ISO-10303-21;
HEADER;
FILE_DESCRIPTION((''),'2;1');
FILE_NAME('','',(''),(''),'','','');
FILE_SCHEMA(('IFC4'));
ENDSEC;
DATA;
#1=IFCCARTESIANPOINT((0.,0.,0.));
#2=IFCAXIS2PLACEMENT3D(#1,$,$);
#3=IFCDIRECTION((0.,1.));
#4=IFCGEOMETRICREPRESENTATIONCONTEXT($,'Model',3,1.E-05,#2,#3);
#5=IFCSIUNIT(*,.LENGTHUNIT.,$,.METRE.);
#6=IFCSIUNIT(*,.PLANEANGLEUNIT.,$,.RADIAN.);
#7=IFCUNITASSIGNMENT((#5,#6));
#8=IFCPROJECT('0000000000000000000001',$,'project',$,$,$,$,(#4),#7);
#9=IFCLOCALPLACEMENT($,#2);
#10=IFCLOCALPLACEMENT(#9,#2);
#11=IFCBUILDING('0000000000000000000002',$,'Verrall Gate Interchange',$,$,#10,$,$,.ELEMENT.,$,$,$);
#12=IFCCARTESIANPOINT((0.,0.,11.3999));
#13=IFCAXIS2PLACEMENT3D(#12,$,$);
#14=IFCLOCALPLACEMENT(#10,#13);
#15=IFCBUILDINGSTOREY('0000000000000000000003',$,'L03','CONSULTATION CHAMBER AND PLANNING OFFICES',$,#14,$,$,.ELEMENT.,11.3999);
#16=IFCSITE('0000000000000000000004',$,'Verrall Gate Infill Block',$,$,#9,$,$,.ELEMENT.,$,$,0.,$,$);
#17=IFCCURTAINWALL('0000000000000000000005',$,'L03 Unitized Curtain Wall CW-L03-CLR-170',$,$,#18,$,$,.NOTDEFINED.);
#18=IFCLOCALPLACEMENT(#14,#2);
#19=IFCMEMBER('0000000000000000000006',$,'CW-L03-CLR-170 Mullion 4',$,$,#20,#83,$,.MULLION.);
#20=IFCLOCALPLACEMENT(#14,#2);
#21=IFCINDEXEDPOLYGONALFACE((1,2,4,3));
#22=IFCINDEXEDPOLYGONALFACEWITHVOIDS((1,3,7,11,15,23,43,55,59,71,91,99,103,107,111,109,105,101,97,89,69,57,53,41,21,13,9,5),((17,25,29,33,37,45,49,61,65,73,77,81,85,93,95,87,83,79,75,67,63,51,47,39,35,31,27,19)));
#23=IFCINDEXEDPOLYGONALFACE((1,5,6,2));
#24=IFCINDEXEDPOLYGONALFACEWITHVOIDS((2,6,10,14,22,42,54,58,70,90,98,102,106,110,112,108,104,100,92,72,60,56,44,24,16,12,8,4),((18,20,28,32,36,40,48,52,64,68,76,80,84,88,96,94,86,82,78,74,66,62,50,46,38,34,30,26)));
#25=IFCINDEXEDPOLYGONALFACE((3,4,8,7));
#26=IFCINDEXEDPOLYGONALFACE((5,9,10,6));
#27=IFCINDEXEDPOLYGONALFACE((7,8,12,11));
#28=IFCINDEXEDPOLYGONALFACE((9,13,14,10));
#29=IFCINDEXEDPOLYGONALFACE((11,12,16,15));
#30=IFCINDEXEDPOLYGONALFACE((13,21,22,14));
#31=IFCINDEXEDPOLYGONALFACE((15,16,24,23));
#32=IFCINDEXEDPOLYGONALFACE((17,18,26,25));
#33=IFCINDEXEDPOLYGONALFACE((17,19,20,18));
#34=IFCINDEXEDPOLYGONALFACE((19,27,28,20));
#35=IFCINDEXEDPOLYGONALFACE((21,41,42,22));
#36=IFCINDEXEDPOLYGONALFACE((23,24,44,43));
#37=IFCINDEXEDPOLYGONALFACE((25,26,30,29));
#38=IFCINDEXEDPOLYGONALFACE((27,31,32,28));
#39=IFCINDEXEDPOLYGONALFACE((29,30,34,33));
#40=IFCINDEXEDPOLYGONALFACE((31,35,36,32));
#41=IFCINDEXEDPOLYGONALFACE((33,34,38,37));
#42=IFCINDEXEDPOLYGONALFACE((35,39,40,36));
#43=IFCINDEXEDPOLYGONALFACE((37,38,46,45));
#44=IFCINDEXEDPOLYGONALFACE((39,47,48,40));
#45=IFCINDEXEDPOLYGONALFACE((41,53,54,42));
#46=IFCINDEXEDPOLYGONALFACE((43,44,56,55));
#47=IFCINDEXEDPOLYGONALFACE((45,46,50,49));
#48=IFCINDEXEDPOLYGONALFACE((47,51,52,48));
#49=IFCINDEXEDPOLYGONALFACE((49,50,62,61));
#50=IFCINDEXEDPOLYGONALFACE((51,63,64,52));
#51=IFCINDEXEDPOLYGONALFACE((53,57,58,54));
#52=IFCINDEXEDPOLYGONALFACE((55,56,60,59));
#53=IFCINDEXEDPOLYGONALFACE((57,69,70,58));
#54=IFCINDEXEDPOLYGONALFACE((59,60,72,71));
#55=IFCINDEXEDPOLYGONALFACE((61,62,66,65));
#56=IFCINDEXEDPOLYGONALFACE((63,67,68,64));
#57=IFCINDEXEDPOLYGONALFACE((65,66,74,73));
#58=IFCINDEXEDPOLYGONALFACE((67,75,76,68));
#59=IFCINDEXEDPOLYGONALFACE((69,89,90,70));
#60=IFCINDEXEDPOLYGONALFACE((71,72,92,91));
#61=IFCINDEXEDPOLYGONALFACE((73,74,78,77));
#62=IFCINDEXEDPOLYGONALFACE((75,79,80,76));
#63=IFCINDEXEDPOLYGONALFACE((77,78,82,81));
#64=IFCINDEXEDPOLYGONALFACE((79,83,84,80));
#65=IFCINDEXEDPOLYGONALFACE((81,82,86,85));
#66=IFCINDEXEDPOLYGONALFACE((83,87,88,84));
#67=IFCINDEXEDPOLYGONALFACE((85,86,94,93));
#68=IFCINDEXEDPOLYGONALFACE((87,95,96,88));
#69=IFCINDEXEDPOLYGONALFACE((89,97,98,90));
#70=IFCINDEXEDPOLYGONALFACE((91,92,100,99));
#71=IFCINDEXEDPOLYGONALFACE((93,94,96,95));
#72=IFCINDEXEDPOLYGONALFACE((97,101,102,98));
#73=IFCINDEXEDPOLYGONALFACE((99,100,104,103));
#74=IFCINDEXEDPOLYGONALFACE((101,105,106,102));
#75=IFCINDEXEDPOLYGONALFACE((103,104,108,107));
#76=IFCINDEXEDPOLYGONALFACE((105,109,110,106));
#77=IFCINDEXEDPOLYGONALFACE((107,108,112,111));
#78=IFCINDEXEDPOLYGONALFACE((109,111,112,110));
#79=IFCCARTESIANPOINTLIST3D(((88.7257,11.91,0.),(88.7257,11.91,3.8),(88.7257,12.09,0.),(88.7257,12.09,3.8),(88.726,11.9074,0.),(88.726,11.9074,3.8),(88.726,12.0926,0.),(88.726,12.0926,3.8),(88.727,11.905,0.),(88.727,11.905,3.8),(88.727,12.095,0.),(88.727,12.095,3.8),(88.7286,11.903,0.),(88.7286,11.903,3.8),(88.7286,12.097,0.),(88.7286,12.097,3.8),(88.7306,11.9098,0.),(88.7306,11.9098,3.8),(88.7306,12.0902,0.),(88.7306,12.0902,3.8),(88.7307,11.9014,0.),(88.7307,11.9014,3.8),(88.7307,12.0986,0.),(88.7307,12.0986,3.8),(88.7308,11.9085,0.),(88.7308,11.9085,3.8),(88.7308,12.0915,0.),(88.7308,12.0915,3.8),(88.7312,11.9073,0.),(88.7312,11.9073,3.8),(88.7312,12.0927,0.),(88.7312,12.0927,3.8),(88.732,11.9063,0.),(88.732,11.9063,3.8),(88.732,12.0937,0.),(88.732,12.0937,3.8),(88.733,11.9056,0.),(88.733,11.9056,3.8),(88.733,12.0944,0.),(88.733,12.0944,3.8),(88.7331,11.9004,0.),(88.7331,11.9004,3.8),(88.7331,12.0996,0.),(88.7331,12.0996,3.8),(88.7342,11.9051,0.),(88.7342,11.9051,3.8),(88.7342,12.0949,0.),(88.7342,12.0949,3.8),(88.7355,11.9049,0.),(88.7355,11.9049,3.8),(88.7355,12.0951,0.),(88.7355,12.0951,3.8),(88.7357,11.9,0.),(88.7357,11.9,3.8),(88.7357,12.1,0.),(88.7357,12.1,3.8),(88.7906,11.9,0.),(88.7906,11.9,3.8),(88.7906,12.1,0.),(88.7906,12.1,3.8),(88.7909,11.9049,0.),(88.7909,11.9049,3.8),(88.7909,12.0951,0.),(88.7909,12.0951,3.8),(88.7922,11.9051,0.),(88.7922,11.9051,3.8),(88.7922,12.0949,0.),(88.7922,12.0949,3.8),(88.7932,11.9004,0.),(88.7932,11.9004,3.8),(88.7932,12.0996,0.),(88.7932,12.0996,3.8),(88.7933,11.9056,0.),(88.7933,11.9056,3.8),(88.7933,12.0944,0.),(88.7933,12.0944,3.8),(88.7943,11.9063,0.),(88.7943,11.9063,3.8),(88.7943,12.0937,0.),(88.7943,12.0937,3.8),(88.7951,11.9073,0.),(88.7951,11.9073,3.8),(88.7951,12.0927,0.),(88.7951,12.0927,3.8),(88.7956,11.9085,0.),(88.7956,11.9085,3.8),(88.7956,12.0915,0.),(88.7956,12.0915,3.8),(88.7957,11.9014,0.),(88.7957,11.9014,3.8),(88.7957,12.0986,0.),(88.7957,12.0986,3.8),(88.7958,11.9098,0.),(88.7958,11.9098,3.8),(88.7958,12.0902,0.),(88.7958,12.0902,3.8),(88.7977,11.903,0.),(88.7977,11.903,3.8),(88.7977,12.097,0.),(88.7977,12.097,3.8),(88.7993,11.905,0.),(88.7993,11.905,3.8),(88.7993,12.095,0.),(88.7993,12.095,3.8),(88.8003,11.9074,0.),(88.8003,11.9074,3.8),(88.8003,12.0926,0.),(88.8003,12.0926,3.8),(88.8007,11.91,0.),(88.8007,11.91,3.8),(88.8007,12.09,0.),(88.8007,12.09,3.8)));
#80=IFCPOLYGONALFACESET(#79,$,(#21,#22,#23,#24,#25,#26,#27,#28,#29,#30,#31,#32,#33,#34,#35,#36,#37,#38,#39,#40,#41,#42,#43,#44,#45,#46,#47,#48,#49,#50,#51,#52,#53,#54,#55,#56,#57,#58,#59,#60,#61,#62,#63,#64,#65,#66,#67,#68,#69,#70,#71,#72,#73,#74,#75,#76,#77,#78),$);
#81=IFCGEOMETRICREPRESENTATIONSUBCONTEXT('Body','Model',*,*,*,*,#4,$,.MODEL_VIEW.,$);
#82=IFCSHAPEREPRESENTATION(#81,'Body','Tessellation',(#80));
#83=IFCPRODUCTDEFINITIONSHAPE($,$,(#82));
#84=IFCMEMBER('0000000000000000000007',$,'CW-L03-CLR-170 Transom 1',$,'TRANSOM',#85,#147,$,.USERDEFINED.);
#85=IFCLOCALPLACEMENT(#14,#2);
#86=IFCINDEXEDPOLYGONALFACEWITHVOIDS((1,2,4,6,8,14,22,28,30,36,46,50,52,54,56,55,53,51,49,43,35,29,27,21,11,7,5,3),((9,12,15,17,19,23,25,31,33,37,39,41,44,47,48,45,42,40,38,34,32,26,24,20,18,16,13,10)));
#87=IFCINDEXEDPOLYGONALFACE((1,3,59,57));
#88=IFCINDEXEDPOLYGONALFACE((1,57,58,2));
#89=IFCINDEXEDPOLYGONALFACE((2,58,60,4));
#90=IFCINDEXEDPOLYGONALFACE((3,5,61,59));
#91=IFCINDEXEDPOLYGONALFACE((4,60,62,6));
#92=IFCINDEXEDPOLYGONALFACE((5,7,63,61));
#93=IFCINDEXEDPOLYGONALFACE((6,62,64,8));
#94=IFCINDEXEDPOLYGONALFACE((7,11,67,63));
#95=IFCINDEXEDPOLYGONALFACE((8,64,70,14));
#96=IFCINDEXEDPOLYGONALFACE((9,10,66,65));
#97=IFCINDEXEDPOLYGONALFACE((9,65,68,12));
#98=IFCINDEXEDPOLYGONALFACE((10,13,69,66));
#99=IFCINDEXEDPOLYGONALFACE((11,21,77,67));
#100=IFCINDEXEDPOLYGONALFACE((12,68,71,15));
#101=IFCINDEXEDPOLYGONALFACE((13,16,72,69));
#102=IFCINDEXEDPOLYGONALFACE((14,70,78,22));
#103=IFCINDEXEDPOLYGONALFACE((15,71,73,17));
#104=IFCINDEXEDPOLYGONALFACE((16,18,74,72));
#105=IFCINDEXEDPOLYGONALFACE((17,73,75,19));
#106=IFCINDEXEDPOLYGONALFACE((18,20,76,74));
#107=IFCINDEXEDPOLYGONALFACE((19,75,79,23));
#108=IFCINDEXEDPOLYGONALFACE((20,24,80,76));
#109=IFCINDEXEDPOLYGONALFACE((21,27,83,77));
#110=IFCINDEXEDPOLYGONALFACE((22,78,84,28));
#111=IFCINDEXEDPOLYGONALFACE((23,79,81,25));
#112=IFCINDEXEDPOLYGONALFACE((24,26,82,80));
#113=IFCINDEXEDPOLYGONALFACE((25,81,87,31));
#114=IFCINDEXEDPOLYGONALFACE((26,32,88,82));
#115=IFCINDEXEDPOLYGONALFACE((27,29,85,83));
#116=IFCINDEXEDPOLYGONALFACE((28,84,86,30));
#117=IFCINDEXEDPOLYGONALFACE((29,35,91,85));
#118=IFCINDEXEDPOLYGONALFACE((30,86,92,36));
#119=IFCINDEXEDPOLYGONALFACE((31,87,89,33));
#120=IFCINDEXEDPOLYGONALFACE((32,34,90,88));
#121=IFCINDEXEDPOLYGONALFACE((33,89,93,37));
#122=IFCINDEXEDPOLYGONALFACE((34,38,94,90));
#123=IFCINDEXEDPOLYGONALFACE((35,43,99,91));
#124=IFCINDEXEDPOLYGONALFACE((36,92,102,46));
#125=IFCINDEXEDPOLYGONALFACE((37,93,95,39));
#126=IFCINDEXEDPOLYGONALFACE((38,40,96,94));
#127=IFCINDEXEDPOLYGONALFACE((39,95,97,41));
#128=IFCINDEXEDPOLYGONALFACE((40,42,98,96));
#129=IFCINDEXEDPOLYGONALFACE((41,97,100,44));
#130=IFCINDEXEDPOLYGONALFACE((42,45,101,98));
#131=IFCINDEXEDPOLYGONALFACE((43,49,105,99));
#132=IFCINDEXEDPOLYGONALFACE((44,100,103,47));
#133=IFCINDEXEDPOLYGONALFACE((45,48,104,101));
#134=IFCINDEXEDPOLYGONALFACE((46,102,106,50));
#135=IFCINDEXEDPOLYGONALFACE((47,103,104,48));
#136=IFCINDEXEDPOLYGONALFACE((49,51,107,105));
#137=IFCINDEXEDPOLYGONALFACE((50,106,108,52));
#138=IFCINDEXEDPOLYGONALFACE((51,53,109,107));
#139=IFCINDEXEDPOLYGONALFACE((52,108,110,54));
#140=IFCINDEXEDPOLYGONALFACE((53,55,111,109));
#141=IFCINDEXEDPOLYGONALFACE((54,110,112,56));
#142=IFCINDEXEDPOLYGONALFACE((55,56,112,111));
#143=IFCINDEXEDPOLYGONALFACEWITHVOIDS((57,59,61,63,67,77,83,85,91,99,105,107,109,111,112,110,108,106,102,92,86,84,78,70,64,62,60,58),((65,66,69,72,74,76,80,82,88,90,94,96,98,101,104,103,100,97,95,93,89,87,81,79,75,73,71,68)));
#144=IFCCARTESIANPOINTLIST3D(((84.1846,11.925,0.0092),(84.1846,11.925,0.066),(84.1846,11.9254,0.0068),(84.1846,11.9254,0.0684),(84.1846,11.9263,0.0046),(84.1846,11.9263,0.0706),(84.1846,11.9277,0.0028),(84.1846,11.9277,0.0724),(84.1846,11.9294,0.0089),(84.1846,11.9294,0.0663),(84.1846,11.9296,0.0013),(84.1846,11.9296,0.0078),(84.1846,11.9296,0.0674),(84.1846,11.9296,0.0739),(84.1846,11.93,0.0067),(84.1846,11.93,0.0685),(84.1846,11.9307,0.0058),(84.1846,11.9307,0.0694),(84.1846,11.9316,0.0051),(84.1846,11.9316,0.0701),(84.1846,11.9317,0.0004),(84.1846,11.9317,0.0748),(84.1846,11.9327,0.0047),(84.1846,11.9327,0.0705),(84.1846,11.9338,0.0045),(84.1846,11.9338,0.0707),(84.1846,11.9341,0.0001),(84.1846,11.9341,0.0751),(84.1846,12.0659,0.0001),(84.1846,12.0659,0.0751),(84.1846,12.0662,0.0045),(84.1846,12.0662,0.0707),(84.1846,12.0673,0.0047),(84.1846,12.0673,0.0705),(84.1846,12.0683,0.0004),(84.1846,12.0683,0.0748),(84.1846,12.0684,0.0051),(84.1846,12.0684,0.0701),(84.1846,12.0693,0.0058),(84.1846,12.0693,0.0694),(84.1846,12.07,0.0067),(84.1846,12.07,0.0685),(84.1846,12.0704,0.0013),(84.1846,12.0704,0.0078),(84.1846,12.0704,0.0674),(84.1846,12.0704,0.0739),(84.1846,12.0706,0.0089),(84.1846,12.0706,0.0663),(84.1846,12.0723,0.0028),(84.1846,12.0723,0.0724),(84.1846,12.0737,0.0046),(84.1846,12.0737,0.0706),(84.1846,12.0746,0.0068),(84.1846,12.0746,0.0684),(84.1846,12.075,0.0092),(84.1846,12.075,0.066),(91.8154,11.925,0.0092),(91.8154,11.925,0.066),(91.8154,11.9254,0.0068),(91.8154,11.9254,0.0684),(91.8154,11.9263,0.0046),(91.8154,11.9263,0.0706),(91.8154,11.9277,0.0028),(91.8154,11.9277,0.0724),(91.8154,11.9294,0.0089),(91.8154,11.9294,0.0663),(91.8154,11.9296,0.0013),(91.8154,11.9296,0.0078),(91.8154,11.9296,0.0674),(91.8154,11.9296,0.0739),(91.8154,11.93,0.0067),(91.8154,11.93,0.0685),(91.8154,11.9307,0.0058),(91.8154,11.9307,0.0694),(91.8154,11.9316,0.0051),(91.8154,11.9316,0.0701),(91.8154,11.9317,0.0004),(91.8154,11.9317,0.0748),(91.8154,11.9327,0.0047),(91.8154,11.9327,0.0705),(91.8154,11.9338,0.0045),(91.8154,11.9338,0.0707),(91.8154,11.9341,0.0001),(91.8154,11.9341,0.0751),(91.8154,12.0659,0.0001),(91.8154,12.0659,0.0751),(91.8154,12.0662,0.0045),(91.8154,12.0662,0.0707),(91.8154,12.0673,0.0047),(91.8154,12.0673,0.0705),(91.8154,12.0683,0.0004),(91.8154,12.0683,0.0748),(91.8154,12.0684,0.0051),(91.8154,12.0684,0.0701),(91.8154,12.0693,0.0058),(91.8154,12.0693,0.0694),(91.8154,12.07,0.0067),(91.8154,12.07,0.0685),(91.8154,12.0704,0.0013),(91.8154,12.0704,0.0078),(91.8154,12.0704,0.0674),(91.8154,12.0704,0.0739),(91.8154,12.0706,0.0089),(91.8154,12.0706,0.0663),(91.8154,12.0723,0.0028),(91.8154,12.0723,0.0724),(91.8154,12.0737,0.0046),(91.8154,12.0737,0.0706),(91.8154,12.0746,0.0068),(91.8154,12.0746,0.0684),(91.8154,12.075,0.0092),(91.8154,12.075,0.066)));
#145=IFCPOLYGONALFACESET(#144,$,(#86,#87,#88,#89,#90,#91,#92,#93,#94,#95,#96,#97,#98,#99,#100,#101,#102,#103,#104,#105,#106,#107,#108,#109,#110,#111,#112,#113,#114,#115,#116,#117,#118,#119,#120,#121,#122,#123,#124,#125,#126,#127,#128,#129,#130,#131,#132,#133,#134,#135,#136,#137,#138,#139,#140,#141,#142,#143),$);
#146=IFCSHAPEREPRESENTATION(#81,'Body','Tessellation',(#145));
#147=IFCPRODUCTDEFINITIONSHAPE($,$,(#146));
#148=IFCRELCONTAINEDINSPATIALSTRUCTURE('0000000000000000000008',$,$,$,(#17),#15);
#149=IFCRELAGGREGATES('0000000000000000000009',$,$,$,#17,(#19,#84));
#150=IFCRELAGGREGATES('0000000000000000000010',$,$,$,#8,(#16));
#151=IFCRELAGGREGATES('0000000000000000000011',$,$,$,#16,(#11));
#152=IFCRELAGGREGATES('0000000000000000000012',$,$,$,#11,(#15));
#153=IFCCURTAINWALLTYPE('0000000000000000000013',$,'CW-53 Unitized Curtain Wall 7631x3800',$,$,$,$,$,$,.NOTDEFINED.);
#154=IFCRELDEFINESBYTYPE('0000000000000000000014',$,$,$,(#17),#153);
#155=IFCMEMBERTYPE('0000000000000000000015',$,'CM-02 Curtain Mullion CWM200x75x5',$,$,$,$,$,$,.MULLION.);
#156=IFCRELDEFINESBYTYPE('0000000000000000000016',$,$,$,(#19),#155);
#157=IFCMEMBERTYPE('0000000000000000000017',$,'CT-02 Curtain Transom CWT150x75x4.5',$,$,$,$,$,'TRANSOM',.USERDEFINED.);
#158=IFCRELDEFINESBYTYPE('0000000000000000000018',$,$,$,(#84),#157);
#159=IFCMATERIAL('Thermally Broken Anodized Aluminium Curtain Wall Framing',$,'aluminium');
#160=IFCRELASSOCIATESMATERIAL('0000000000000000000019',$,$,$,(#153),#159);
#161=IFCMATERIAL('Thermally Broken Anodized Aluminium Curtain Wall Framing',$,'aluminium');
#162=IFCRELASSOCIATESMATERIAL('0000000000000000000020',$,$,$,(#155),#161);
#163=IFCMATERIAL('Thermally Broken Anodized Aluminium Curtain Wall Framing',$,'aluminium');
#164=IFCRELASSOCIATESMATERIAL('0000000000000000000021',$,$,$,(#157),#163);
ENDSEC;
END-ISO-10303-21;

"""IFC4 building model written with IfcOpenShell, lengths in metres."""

from ifc_helpers import new_model, si_unit, direction, frame, origin, origin_2d, place, context, subcontext, project, spatial, hollow_rectangle, extrude, material, material_profile, profile_set, type_object, element, aggregate, save


model = new_model("IFC4")

# Units and contexts
model_context = context("Model", 3, precision=1e-05, world=origin(), true_north=direction((0.0, 1.0)))
body_context = subcontext(model_context, "Body", "Model", "MODEL_VIEW")
ifc_project = project(units=[si_unit("LENGTHUNIT", "METRE"), si_unit("PLANEANGLEUNIT", "RADIAN")], contexts=[model_context])

# Site, building, storey
site_placement = place(None, origin())
site = spatial("IfcSite", under=ifc_project, at=site_placement, Name="Verrall Gate Infill Block", CompositionType="ELEMENT", RefElevation=0.0)
building_placement = place(site_placement, origin())
building = spatial("IfcBuilding", under=site, at=building_placement, Name="Verrall Gate Interchange", CompositionType="ELEMENT")
storey_placement = place(building_placement, frame((0.0, 0.0, 11.3999)))
storey = spatial("IfcBuildingStorey", under=building, at=storey_placement, Name="L03", Description="CONSULTATION CHAMBER AND PLANNING OFFICES", CompositionType="ELEMENT", Elevation=11.3999)

# Shared definitions
ifc_material_1 = material(Name="Thermally Broken Anodized Aluminium Curtain Wall Framing", Category="aluminium")
curtain_wall_type = type_object("IfcCurtainWallType", Name="CW-53 Unitized Curtain Wall 7631x3800", PredefinedType="NOTDEFINED", material=ifc_material_1)
ifc_material_2 = material(Name="Thermally Broken Anodized Aluminium Curtain Wall Framing", Category="aluminium")
ifc_material_profile_1 = material_profile(ifc_material_2, hollow_rectangle(XDim=0.075, YDim=0.2, WallThickness=0.0049, InnerFilletRadius=0.0049, OuterFilletRadius=0.01, at=origin_2d()), Name="CWM200x75x5")
ifc_profile_set_1 = profile_set([ifc_material_profile_1], Name="Thermally Broken Anodized Aluminium Curtain Wall Framing")
member_type_1 = type_object("IfcMemberType", Name="CM-02 Curtain Mullion CWM200x75x5", PredefinedType="MULLION", material=ifc_profile_set_1)

# Curtain wall, members
curtain_wall_1_placement = place(storey_placement, origin())
curtain_wall_1 = element("IfcCurtainWall", 1, at=curtain_wall_1_placement, inside=storey, type_object=curtain_wall_type, Name="L03 Unitized Curtain Wall CW-L03-CLR-170", PredefinedType="NOTDEFINED")
member_1_placement = place(storey_placement, frame((88.7632, 12.0, 0.0), z_axis=(0.0, 0.0, 1.0), x_axis=(1.0, 0.0, 0.0)))
member_1 = element("IfcMember", 2, at=member_1_placement, type_object=member_type_1, Name="CW-L03-CLR-170 Mullion 4", PredefinedType="MULLION", context=body_context, shape_type="SweptSolid", body=[
    extrude(hollow_rectangle(XDim=0.075, YDim=0.2, WallThickness=0.0049, InnerFilletRadius=0.0049, OuterFilletRadius=0.01, at=origin_2d()), origin(), (0.0, 0.0, 1.0), 3.8),
])
ifc_material_3 = material(Name="Thermally Broken Anodized Aluminium Curtain Wall Framing", Category="aluminium")
ifc_material_profile_2 = material_profile(ifc_material_3, hollow_rectangle(XDim=0.1499, YDim=0.075, WallThickness=0.0044, InnerFilletRadius=0.0044, OuterFilletRadius=0.009, at=origin_2d()), Name="CWT150x75x4.5")
ifc_profile_set_2 = profile_set([ifc_material_profile_2], Name="Thermally Broken Anodized Aluminium Curtain Wall Framing")
member_type_2 = type_object("IfcMemberType", Name="CT-02 Curtain Transom CWT150x75x4.5", ElementType="TRANSOM", PredefinedType="USERDEFINED", material=ifc_profile_set_2)
member_2_placement = place(storey_placement, frame((84.1846, 12.0, 0.0376), z_axis=(1.0, 0.0, 0.0), x_axis=(0.0, 1.0, 0.0)))
member_2 = element("IfcMember", 3, at=member_2_placement, type_object=member_type_2, Name="CW-L03-CLR-170 Transom 1", ObjectType="TRANSOM", PredefinedType="USERDEFINED", context=body_context, shape_type="SweptSolid", body=[
    extrude(hollow_rectangle(XDim=0.1499, YDim=0.075, WallThickness=0.0044, InnerFilletRadius=0.0044, OuterFilletRadius=0.009, at=origin_2d()), origin(), (0.0, 0.0, 1.0), 7.6309),
])

aggregate(curtain_wall_1, [member_1, member_2])

save(model, "model.ifc")
